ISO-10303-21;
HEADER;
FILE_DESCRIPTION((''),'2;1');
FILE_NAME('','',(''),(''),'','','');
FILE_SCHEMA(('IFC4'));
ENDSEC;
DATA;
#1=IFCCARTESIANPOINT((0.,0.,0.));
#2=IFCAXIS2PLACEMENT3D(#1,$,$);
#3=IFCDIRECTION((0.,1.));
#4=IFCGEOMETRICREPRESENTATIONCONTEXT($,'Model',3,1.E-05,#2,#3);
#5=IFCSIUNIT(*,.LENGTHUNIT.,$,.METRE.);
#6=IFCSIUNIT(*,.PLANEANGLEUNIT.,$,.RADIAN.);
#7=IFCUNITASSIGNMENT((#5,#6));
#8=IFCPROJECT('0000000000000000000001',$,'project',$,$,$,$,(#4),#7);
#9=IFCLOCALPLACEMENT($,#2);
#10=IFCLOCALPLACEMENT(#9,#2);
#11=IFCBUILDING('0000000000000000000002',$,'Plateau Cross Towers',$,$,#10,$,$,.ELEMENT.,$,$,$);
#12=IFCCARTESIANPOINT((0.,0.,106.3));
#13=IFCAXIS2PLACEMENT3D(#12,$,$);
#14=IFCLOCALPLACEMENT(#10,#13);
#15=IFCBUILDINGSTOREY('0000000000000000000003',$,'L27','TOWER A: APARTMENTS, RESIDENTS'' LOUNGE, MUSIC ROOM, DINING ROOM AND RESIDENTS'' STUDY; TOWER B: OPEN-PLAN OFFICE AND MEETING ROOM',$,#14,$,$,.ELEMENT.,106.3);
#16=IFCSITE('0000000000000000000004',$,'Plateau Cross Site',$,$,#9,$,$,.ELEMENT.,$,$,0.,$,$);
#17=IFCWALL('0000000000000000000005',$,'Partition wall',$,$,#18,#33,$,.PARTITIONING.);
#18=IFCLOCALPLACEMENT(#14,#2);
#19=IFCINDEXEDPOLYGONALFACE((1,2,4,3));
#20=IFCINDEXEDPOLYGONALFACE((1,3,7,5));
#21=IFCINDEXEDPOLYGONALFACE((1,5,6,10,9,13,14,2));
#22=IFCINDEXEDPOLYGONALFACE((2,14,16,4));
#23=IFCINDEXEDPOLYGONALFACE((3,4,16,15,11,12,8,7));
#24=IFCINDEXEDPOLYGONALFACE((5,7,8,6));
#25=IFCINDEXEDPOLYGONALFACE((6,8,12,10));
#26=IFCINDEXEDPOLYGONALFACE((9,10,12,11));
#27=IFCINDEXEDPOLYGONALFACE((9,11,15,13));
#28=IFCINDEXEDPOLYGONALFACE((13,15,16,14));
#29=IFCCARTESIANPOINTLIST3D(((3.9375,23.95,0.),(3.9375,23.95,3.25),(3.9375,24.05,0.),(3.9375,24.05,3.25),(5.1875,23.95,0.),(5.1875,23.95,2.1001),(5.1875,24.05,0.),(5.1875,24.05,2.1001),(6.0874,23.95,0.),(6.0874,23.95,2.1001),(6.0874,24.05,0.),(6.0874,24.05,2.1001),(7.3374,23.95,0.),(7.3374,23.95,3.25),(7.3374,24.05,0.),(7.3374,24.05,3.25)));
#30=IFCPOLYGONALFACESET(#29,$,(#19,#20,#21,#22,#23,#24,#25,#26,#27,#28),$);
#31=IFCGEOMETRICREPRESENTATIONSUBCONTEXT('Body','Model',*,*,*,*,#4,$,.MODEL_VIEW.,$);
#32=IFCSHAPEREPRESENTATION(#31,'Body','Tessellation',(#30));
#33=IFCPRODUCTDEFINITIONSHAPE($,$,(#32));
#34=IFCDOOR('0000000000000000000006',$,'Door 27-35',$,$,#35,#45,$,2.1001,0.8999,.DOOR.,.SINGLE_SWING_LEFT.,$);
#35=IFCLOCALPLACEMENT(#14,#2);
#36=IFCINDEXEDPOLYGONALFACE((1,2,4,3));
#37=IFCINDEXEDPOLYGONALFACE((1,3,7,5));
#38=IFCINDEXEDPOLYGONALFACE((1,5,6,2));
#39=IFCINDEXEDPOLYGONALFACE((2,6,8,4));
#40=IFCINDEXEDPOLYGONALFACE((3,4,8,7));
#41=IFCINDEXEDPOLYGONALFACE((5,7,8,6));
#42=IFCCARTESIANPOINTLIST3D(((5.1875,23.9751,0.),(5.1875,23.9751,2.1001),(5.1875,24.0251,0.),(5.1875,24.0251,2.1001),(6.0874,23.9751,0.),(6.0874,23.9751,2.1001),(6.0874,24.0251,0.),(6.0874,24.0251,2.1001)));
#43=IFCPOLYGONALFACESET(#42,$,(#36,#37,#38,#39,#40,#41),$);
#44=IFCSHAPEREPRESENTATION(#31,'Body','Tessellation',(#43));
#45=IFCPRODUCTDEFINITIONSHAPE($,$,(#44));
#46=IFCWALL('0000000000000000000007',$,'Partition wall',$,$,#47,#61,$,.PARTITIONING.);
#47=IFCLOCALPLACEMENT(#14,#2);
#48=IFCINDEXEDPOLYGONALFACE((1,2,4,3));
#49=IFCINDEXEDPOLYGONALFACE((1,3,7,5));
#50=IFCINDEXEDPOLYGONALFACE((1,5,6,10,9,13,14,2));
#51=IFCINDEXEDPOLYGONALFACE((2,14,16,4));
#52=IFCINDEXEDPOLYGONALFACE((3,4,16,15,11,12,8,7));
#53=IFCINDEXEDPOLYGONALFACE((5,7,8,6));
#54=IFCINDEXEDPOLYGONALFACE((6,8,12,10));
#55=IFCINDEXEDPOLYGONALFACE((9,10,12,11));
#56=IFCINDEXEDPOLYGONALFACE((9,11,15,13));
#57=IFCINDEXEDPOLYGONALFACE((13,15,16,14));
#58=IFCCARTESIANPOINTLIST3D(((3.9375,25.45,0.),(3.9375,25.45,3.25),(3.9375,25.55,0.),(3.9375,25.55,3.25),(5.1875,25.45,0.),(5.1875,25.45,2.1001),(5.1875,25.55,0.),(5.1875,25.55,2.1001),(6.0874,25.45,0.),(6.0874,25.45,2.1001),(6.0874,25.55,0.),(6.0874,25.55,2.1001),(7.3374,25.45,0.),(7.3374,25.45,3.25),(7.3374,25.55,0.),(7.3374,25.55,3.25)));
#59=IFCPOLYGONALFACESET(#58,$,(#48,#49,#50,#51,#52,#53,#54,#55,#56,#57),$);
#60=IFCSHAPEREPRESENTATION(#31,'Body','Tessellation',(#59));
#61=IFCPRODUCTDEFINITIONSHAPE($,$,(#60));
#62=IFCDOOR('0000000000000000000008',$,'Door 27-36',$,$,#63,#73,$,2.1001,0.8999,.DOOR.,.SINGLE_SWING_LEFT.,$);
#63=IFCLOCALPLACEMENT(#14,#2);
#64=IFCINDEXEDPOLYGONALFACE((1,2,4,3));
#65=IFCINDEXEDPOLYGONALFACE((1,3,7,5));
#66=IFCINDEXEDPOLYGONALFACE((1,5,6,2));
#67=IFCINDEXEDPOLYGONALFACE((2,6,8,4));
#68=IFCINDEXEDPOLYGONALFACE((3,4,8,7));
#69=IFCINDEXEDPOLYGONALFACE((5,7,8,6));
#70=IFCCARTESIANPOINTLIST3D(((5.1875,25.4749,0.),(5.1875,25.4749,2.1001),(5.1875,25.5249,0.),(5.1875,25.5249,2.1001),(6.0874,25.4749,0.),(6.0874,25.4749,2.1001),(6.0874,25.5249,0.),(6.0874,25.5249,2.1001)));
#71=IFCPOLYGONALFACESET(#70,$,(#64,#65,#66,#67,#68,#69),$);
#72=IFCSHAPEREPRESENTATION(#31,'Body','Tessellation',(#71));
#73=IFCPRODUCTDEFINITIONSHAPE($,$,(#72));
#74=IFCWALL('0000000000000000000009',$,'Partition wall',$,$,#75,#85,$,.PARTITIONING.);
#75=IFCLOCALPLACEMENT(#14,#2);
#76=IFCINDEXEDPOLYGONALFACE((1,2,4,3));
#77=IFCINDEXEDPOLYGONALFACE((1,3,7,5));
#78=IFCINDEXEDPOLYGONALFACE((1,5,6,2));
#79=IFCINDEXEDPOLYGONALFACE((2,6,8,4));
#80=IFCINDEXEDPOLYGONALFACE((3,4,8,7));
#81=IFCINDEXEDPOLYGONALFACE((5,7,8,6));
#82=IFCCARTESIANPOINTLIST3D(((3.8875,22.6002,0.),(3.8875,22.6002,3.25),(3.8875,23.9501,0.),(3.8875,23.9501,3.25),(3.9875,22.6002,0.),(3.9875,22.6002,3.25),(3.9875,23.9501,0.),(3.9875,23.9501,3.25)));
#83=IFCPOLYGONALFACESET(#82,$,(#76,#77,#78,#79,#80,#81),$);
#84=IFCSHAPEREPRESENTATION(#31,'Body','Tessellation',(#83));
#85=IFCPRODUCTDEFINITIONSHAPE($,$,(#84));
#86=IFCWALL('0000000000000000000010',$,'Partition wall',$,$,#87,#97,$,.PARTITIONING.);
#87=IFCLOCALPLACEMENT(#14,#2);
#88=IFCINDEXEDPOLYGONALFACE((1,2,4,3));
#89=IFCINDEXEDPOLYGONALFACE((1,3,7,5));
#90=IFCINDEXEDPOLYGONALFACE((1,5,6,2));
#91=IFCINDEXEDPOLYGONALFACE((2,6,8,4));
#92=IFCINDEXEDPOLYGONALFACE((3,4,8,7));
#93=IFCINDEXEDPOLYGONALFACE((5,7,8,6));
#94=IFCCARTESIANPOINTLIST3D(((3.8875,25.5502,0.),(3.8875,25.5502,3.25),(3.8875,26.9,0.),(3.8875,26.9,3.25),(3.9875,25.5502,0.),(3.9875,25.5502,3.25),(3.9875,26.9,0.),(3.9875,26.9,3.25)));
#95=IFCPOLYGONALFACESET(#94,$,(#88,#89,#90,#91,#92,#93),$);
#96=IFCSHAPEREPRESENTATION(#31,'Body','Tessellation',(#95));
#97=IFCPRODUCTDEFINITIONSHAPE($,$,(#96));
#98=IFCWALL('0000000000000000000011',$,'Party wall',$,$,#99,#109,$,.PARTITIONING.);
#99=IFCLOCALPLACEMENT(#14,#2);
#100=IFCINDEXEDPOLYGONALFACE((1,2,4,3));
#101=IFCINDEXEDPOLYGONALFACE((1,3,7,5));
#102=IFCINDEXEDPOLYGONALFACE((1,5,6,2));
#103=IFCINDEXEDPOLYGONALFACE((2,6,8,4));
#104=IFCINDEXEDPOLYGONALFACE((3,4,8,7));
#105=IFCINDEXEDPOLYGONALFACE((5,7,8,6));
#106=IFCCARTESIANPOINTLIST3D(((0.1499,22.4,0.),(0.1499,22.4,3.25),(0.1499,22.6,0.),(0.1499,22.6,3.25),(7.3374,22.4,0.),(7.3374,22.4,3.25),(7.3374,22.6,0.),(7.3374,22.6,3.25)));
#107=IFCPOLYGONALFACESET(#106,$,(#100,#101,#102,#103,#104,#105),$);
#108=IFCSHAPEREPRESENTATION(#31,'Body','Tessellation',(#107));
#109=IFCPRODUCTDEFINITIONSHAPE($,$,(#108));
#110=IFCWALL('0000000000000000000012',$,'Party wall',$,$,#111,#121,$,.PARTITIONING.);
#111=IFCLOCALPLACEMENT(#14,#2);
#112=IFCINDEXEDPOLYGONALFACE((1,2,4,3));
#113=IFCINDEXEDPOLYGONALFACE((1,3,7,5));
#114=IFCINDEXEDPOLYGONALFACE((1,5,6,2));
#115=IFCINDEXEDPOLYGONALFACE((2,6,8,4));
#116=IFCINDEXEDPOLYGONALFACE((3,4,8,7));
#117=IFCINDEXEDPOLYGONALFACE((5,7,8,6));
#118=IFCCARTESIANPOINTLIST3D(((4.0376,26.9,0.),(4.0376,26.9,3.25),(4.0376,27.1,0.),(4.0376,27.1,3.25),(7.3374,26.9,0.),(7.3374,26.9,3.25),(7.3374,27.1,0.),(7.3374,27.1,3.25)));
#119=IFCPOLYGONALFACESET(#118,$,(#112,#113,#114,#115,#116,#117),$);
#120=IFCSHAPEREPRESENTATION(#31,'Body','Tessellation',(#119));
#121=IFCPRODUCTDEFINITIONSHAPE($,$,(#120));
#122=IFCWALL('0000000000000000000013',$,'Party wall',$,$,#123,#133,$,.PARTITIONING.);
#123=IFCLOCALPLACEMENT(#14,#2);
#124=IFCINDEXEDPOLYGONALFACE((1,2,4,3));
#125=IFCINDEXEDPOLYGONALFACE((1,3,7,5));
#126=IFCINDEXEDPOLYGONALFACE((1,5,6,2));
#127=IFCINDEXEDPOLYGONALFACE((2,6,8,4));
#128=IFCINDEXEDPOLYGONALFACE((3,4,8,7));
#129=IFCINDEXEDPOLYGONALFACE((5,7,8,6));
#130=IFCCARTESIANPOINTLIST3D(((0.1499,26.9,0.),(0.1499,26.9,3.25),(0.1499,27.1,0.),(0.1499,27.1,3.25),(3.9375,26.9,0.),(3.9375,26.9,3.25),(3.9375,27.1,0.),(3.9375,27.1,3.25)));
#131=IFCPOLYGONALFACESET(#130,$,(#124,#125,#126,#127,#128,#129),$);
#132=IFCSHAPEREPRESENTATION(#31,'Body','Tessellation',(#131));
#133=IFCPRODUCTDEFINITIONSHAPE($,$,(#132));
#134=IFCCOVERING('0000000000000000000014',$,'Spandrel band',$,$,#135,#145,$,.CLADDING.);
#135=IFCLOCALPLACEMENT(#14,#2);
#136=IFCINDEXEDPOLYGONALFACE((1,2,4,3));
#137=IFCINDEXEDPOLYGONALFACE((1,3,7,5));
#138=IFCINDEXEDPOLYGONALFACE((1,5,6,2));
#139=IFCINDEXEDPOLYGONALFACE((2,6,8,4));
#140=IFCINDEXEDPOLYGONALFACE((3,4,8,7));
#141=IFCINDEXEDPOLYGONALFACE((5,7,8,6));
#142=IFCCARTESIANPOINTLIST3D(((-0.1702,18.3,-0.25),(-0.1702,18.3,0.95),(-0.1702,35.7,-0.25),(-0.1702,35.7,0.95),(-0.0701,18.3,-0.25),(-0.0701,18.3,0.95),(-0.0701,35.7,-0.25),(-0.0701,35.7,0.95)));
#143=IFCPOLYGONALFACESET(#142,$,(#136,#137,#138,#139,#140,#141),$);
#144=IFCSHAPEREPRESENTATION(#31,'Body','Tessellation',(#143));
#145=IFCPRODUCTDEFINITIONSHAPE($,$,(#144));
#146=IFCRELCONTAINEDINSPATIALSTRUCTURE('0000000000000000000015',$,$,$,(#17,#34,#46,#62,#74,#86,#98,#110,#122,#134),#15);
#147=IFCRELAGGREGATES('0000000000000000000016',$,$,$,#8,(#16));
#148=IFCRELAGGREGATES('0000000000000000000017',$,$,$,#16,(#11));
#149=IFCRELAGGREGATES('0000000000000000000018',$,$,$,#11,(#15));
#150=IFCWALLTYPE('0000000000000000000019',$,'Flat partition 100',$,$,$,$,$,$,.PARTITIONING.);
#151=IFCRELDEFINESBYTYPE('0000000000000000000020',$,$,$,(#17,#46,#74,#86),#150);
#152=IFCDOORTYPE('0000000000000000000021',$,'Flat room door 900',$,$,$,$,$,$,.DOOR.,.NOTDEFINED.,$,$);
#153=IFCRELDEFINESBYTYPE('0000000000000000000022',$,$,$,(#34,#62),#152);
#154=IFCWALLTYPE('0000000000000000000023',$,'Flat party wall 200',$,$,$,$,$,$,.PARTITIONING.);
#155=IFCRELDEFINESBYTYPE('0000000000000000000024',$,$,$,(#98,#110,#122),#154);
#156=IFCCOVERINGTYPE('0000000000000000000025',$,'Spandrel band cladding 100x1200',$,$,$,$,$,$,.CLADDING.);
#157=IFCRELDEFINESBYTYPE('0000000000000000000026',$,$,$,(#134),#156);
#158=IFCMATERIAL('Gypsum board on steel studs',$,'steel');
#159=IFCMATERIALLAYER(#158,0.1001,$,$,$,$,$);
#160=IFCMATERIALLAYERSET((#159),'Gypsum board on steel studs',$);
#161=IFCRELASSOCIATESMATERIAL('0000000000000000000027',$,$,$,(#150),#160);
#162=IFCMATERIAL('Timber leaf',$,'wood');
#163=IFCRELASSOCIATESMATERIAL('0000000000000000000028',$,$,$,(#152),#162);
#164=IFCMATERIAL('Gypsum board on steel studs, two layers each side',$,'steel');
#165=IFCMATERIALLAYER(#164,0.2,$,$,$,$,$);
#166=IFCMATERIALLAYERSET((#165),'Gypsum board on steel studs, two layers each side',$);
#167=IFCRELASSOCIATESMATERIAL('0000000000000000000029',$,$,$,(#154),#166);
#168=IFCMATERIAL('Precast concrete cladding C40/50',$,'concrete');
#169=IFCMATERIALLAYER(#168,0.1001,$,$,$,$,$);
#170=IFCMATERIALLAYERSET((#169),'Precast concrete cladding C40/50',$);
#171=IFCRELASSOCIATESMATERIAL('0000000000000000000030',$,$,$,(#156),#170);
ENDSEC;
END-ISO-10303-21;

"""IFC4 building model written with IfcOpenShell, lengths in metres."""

from ifc_helpers import new_model, si_unit, direction, frame, frame_2d, origin, origin_2d, place, context, subcontext, project, spatial, rectangle, extrude, material, layer, layer_set, type_object, element, fill, save


model = new_model("IFC4")

# Units and contexts
model_context = context("Model", 3, precision=1e-05, world=origin(), true_north=direction((0.0, 1.0)))
body_context = subcontext(model_context, "Body", "Model", "MODEL_VIEW")
ifc_project = project(units=[si_unit("LENGTHUNIT", "METRE"), si_unit("PLANEANGLEUNIT", "RADIAN")], contexts=[model_context])

# Site, building, storey
site_placement = place(None, origin())
site = spatial("IfcSite", under=ifc_project, at=site_placement, Name="Plateau Cross Site", CompositionType="ELEMENT", RefElevation=0.0)
building_placement = place(site_placement, origin())
building = spatial("IfcBuilding", under=site, at=building_placement, Name="Plateau Cross Towers", CompositionType="ELEMENT")
storey_placement = place(building_placement, frame((0.0, 0.0, 106.3)))
storey = spatial("IfcBuildingStorey", under=building, at=storey_placement, Name="L27", Description="TOWER A: APARTMENTS, RESIDENTS' LOUNGE, MUSIC ROOM, DINING ROOM AND RESIDENTS' STUDY; TOWER B: OPEN-PLAN OFFICE AND MEETING ROOM", CompositionType="ELEMENT", Elevation=106.3)

# Walls, openings, doors
ifc_material_1 = material(Name="Gypsum board on steel studs", Category="steel")
ifc_layer_1 = layer(ifc_material_1, 0.1001)
ifc_layer_set_1 = layer_set([ifc_layer_1], Name="Gypsum board on steel studs")
wall_type_1 = type_object("IfcWallType", Name="Flat partition 100", PredefinedType="PARTITIONING", material=ifc_layer_set_1)
wall_1_placement = place(storey_placement, frame((7.3374, 24.0, 0.0), z_axis=(0.0, 0.0, 1.0), x_axis=(-1.0, 0.0, 0.0)))
wall_1 = element("IfcWall", 1, at=wall_1_placement, inside=storey, type_object=wall_type_1, Name="Partition wall", PredefinedType="PARTITIONING", context=body_context, shape_type="SweptSolid", body=[
    extrude(rectangle(XDim=3.3999, YDim=0.1001, at=frame_2d((1.7, 0.0))), origin(), (0.0, 0.0, 1.0), 3.25),
])
opening_1_placement = place(wall_1_placement, frame((1.25, 0.0, 0.0)))
opening_1 = element("IfcOpeningElement", 2, at=opening_1_placement, cuts=wall_1, PredefinedType="OPENING", context=body_context, shape_type="SweptSolid", body=[
    extrude(rectangle(XDim=0.8999, YDim=2.1001, at=frame_2d((0.45, 1.05))), frame((0.0, 0.0601, 0.0), z_axis=(0.0, -1.0, 0.0), x_axis=(1.0, 0.0, 0.0)), (0.0, 0.0, 1.0), 0.1201),
])
ifc_material_2 = material(Name="Timber leaf", Category="wood")
door_type_1 = type_object("IfcDoorType", Name="Flat room door 900", OperationType="NOTDEFINED", PredefinedType="DOOR", material=ifc_material_2)
door_1_placement = place(opening_1_placement, origin())
door_1 = element("IfcDoor", 3, at=door_1_placement, inside=storey, type_object=door_type_1, Name="Door 27-35", OperationType="SINGLE_SWING_LEFT", OverallHeight=2.1001, OverallWidth=0.8999, PredefinedType="DOOR", context=body_context, shape_type="SweptSolid", body=[
    extrude(rectangle(XDim=0.8999, YDim=2.1001, at=frame_2d((0.45, 1.05))), frame((0.0, 0.0249, 0.0), z_axis=(0.0, -1.0, 0.0), x_axis=(1.0, 0.0, 0.0)), (0.0, 0.0, 1.0), 0.05),
])
fill(opening_1, door_1)
wall_2_placement = place(storey_placement, frame((3.9375, 25.5, 0.0), z_axis=(0.0, 0.0, 1.0), x_axis=(1.0, 0.0, 0.0)))
wall_2 = element("IfcWall", 4, at=wall_2_placement, inside=storey, type_object=wall_type_1, Name="Partition wall", PredefinedType="PARTITIONING", context=body_context, shape_type="SweptSolid", body=[
    extrude(rectangle(XDim=3.3999, YDim=0.1001, at=frame_2d((1.7, 0.0))), origin(), (0.0, 0.0, 1.0), 3.25),
])
opening_2_placement = place(wall_2_placement, frame((1.25, 0.0, 0.0)))
opening_2 = element("IfcOpeningElement", 5, at=opening_2_placement, cuts=wall_2, PredefinedType="OPENING", context=body_context, shape_type="SweptSolid", body=[
    extrude(rectangle(XDim=0.8999, YDim=2.1001, at=frame_2d((0.45, 1.05))), frame((0.0, 0.0601, 0.0), z_axis=(0.0, -1.0, 0.0), x_axis=(1.0, 0.0, 0.0)), (0.0, 0.0, 1.0), 0.1201),
])
door_2_placement = place(opening_2_placement, origin())
door_2 = element("IfcDoor", 6, at=door_2_placement, inside=storey, type_object=door_type_1, Name="Door 27-36", OperationType="SINGLE_SWING_LEFT", OverallHeight=2.1001, OverallWidth=0.8999, PredefinedType="DOOR", context=body_context, shape_type="SweptSolid", body=[
    extrude(rectangle(XDim=0.8999, YDim=2.1001, at=frame_2d((0.45, 1.05))), frame((0.0, 0.0249, 0.0), z_axis=(0.0, -1.0, 0.0), x_axis=(1.0, 0.0, 0.0)), (0.0, 0.0, 1.0), 0.05),
])
fill(opening_2, door_2)

# Walls
for number, where, z_axis, x_axis, name in (
    (7, (3.9375, 23.95, 0.0), (0.0, 0.0, 1.0), (0.0, -1.0, 0.0), "Partition wall"),
    (8, (3.9375, 26.8999, 0.0), (0.0, 0.0, 1.0), (0.0, -1.0, 0.0), "Partition wall"),
):
    element("IfcWall", number, at=place(storey_placement, frame(where, z_axis=z_axis, x_axis=x_axis)), inside=storey, type_object=wall_type_1, Name=name, PredefinedType="PARTITIONING", context=body_context, shape_type="SweptSolid", body=[
        extrude(rectangle(XDim=1.3499, YDim=0.1001, at=frame_2d((0.6748, 0.0))), origin(), (0.0, 0.0, 1.0), 3.25),
    ])
ifc_material_3 = material(Name="Gypsum board on steel studs, two layers each side", Category="steel")
ifc_layer_2 = layer(ifc_material_3, 0.2)
ifc_layer_set_2 = layer_set([ifc_layer_2], Name="Gypsum board on steel studs, two layers each side")
wall_type_2 = type_object("IfcWallType", Name="Flat party wall 200", PredefinedType="PARTITIONING", material=ifc_layer_set_2)
wall_3_placement = place(storey_placement, frame((7.3374, 22.5, 0.0), z_axis=(0.0, 0.0, 1.0), x_axis=(-1.0, 0.0, 0.0)))
element("IfcWall", 9, at=wall_3_placement, inside=storey, type_object=wall_type_2, Name="Party wall", PredefinedType="PARTITIONING", context=body_context, shape_type="SweptSolid", body=[
    extrude(rectangle(XDim=7.1875, YDim=0.2, at=frame_2d((3.5938, 0.0))), origin(), (0.0, 0.0, 1.0), 3.25),
])
wall_4_placement = place(storey_placement, frame((7.3374, 27.0, 0.0), z_axis=(0.0, 0.0, 1.0), x_axis=(-1.0, 0.0, 0.0)))
element("IfcWall", 10, at=wall_4_placement, inside=storey, type_object=wall_type_2, Name="Party wall", PredefinedType="PARTITIONING", context=body_context, shape_type="SweptSolid", body=[
    extrude(rectangle(XDim=3.2998, YDim=0.2, at=frame_2d((1.6499, 0.0))), origin(), (0.0, 0.0, 1.0), 3.25),
])
wall_5_placement = place(storey_placement, frame((0.1499, 27.0, 0.0), z_axis=(0.0, 0.0, 1.0), x_axis=(1.0, 0.0, 0.0)))
element("IfcWall", 11, at=wall_5_placement, inside=storey, type_object=wall_type_2, Name="Party wall", PredefinedType="PARTITIONING", context=body_context, shape_type="SweptSolid", body=[
    extrude(rectangle(XDim=3.7876, YDim=0.2, at=frame_2d((1.8938, 0.0))), origin(), (0.0, 0.0, 1.0), 3.25),
])

# Covering
ifc_material_4 = material(Name="Precast concrete cladding C40/50", Category="concrete")
ifc_layer_3 = layer(ifc_material_4, 0.1001)
ifc_layer_set_3 = layer_set([ifc_layer_3], Name="Precast concrete cladding C40/50")
covering_type = type_object("IfcCoveringType", Name="Spandrel band cladding 100x1200", PredefinedType="CLADDING", material=ifc_layer_set_3)
covering_placement = place(storey_placement, frame((-0.1201, 27.0, -0.25), z_axis=(0.0, 0.0, 1.0), x_axis=(0.0, -1.0, 0.0)))
element("IfcCovering", 12, at=covering_placement, inside=storey, type_object=covering_type, Name="Spandrel band", PredefinedType="CLADDING", context=body_context, shape_type="SweptSolid", body=[
    extrude(rectangle(XDim=17.3999, YDim=0.1001, at=origin_2d()), origin(), (0.0, 0.0, 1.0), 1.2),
])

save(model, "model.ifc")
